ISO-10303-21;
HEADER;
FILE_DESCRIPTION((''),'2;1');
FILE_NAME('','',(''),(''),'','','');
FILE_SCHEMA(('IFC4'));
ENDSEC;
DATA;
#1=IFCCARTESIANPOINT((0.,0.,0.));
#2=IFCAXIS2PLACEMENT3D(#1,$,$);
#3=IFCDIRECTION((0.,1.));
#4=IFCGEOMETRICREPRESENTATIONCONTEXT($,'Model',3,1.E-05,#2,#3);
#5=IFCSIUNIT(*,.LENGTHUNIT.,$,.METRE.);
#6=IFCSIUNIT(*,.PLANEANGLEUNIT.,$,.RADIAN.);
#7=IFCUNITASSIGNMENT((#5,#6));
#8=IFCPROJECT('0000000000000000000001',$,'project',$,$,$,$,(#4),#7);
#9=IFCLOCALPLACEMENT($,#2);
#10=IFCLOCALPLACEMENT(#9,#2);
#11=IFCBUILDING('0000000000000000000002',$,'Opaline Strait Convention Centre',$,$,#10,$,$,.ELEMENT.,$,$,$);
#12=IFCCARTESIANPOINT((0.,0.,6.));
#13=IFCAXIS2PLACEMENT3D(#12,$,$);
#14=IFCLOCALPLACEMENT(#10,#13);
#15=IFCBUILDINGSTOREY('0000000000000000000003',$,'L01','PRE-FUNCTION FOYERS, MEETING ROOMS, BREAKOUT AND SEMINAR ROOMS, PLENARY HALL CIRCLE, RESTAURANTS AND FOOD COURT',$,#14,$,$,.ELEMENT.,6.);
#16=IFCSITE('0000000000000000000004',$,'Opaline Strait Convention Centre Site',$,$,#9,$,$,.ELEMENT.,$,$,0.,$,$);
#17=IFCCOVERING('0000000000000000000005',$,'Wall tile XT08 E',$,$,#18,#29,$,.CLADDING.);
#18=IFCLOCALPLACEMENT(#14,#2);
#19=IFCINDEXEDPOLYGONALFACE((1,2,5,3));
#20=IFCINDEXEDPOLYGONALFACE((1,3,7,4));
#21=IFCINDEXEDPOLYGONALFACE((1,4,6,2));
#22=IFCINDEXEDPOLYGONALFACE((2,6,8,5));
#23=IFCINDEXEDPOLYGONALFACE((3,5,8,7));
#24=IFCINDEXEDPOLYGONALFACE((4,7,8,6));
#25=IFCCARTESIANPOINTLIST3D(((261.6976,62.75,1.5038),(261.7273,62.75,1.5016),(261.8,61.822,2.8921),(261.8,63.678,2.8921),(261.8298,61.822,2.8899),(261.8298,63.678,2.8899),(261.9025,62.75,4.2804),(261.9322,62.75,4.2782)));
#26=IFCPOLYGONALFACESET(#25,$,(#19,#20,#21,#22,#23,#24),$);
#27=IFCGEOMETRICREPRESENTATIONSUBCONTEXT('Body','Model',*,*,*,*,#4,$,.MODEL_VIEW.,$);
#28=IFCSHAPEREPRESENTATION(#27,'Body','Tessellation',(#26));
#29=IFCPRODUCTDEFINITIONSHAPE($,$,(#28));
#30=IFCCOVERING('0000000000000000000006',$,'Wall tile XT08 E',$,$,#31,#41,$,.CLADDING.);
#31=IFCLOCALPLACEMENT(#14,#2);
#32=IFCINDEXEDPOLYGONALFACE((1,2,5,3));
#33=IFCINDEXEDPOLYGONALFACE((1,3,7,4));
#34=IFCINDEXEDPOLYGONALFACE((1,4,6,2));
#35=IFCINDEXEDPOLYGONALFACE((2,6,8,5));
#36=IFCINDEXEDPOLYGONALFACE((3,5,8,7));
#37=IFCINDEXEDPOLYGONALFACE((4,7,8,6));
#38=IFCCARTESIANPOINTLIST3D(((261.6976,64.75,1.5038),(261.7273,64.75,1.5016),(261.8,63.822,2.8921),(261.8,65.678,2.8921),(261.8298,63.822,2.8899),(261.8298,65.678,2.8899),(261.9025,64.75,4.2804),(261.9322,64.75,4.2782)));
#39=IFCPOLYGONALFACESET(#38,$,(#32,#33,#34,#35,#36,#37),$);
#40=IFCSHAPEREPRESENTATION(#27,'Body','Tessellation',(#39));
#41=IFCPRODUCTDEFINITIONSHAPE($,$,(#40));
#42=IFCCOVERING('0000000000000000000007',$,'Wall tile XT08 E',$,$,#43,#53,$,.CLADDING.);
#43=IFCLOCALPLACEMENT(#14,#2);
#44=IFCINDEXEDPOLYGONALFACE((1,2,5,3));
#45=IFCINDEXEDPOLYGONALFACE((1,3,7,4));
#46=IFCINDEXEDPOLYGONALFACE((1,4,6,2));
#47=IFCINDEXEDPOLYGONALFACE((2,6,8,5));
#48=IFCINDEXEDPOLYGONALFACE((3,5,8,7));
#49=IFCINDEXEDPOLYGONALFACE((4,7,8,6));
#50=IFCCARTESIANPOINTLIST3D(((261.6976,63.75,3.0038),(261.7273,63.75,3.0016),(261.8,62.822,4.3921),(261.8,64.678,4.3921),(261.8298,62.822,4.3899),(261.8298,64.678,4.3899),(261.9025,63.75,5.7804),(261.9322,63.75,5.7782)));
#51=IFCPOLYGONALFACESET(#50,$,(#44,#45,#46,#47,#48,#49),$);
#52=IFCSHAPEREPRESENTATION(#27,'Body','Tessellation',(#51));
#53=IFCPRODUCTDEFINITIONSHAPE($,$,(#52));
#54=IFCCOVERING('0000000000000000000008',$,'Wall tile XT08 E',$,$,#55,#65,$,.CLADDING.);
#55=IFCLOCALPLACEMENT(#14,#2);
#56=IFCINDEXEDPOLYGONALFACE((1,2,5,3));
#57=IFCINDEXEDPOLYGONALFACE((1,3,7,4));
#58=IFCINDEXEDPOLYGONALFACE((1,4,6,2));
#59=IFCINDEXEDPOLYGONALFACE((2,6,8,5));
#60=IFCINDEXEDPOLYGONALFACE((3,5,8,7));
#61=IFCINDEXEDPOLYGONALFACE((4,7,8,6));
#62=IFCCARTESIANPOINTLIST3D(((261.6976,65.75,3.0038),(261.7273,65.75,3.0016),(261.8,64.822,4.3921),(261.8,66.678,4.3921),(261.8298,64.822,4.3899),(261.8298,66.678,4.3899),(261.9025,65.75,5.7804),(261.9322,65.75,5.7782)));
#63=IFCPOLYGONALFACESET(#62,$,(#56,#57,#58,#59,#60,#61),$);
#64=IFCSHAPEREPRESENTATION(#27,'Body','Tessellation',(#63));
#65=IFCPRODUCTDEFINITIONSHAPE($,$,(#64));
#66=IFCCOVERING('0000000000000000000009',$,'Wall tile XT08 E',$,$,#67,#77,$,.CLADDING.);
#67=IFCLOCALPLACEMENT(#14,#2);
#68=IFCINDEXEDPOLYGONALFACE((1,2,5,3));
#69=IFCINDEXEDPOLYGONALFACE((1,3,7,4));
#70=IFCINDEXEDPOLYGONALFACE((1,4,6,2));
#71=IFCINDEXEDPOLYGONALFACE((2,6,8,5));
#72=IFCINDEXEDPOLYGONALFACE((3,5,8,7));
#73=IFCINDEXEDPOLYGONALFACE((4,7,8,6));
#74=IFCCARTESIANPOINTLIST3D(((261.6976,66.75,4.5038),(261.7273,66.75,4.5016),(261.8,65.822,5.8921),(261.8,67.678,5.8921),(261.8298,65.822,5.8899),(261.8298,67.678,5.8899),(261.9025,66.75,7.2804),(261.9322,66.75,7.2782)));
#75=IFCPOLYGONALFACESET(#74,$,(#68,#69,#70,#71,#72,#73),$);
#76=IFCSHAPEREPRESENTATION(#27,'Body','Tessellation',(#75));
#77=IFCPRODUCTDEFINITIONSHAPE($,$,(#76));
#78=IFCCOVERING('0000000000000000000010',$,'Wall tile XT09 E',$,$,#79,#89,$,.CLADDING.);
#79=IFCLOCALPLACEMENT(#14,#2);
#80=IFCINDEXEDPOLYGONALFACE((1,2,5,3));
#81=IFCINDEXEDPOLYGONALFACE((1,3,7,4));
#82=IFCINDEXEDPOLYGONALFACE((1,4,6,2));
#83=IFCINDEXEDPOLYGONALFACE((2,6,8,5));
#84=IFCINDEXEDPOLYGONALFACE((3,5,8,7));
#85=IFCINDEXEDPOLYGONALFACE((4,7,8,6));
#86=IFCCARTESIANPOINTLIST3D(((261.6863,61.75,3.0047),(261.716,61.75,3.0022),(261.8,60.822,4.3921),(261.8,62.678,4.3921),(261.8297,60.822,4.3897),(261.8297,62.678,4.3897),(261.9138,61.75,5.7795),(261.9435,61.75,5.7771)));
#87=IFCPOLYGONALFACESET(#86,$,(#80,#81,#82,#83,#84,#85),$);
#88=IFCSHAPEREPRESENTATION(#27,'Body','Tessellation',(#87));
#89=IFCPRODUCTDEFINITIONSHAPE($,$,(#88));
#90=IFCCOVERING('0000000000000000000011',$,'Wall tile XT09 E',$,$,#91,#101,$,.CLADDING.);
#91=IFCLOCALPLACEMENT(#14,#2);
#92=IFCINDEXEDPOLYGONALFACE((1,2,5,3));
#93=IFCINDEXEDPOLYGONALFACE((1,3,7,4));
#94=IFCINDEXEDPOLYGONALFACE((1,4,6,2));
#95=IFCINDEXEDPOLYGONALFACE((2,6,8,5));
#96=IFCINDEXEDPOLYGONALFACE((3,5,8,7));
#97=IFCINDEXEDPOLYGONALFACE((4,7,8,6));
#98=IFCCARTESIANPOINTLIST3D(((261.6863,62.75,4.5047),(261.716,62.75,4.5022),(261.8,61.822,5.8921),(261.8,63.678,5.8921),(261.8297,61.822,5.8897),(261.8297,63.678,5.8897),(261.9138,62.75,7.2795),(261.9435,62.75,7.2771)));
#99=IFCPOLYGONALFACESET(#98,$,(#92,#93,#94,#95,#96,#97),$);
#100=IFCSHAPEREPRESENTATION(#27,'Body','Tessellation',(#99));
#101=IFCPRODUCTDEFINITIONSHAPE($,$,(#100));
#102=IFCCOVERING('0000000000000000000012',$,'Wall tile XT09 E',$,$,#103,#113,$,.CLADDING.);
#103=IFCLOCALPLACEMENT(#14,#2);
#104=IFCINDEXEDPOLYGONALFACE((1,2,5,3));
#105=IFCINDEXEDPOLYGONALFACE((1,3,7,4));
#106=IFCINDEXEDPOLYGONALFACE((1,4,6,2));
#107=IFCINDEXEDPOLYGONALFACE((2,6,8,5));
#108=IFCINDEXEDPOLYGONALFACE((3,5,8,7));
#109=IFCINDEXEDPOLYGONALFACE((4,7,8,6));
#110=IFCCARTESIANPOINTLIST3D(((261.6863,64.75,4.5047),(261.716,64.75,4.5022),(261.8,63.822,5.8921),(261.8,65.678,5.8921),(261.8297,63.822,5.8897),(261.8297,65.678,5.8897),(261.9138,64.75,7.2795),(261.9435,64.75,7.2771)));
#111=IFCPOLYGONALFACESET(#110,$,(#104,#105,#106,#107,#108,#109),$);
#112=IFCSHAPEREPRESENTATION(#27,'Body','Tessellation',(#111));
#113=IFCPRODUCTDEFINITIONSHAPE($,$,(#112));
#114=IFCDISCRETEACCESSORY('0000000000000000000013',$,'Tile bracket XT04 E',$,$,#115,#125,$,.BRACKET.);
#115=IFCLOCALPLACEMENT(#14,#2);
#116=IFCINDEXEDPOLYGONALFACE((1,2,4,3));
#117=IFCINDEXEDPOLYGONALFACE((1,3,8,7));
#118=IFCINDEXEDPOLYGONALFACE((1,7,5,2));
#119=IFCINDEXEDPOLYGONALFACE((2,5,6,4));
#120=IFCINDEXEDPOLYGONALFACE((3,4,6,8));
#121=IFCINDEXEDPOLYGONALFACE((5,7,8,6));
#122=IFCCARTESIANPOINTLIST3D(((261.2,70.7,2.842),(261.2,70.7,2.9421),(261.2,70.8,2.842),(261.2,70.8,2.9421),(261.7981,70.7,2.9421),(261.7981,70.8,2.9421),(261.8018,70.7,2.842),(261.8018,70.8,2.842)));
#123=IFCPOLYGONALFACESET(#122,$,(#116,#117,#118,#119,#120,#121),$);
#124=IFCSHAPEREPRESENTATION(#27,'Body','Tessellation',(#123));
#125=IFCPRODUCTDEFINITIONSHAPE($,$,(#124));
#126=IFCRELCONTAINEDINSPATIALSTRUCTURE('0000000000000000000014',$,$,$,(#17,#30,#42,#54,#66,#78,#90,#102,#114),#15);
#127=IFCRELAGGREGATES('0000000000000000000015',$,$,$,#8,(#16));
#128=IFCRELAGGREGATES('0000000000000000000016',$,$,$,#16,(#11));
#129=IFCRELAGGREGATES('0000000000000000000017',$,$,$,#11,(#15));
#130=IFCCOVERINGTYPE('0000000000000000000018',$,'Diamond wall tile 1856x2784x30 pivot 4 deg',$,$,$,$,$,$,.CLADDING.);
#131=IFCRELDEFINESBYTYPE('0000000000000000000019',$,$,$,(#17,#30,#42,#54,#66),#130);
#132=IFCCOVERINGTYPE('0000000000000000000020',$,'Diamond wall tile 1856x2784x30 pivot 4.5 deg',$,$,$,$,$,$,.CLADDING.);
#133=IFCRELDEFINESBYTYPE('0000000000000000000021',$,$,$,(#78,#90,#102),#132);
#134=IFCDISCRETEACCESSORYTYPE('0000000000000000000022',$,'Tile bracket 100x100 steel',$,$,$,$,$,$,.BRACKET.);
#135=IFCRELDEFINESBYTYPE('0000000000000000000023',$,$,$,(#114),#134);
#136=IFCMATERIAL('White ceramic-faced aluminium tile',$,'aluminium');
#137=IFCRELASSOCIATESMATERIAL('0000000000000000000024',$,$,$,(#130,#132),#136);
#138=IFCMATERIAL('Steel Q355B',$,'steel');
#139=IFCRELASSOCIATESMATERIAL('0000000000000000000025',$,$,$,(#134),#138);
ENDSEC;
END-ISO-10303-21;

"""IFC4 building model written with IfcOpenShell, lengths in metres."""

from ifc_helpers import new_model, si_unit, direction, frame, origin, place, context, subcontext, project, spatial, polyline, outline, extrude, material, material_profile, profile_set, type_object, element, save


model = new_model("IFC4")

# Units and contexts
model_context = context("Model", 3, precision=1e-05, world=origin(), true_north=direction((0.0, 1.0)))
body_context = subcontext(model_context, "Body", "Model", "MODEL_VIEW")
ifc_project = project(units=[si_unit("LENGTHUNIT", "METRE"), si_unit("PLANEANGLEUNIT", "RADIAN")], contexts=[model_context])

# Site, building, storey
site_placement = place(None, origin())
site = spatial("IfcSite", under=ifc_project, at=site_placement, Name="Opaline Strait Convention Centre Site", CompositionType="ELEMENT", RefElevation=0.0)
building_placement = place(site_placement, origin())
building = spatial("IfcBuilding", under=site, at=building_placement, Name="Opaline Strait Convention Centre", CompositionType="ELEMENT")
storey_placement = place(building_placement, frame((0.0, 0.0, 6.0)))
storey = spatial("IfcBuildingStorey", under=building, at=storey_placement, Name="L01", Description="PRE-FUNCTION FOYERS, MEETING ROOMS, BREAKOUT AND SEMINAR ROOMS, PLENARY HALL CIRCLE, RESTAURANTS AND FOOD COURT", CompositionType="ELEMENT", Elevation=6.0)

# Coverings
ifc_material_1 = material(Name="White ceramic-faced aluminium tile", Category="aluminium")
ifc_material_profile_1 = material_profile(ifc_material_1, outline(polyline([(0.928, 0.0), (0.0, 1.3921), (-0.928, 0.0), (0.0, -1.3921), (0.928, 0.0)])), Name="Diamond tile 1856x2784")
ifc_profile_set_1 = profile_set([ifc_material_profile_1], Name="White ceramic-faced aluminium tile")
covering_type_1 = type_object("IfcCoveringType", Name="Diamond wall tile 1856x2784x30 pivot 4 deg", PredefinedType="CLADDING", material=ifc_profile_set_1)
for number, where, z_axis, x_axis, name in (
    (1, (261.8, 62.75, 2.8921), (0.99729, 0.0, -0.073571), (0.0, 1.0, 0.0), "Wall tile XT08 E"),
    (2, (261.8, 64.75, 2.8921), (0.99729, 0.0, -0.073571), (0.0, 1.0, 0.0), "Wall tile XT08 E"),
    (3, (261.8, 63.75, 4.3921), (0.99729, 0.0, -0.073571), (0.0, 1.0, 0.0), "Wall tile XT08 E"),
    (4, (261.8, 65.75, 4.3921), (0.99729, 0.0, -0.073571), (0.0, 1.0, 0.0), "Wall tile XT08 E"),
    (5, (261.8, 66.75, 5.8921), (0.99729, 0.0, -0.073571), (0.0, 1.0, 0.0), "Wall tile XT08 E"),
):
    element("IfcCovering", number, at=place(storey_placement, frame(where, z_axis=z_axis, x_axis=x_axis)), inside=storey, type_object=covering_type_1, Name=name, PredefinedType="CLADDING", context=body_context, shape_type="SweptSolid", body=[
        extrude(outline(polyline([(0.928, 0.0), (0.0, 1.3921), (-0.928, 0.0), (0.0, -1.3921), (0.928, 0.0)])), origin(), (0.0, 0.0, 1.0), 0.0298),
    ])
ifc_material_profile_2 = material_profile(ifc_material_1, outline(polyline([(0.928, 0.0), (0.0, 1.3921), (-0.928, 0.0), (0.0, -1.3921), (0.928, 0.0)])), Name="Diamond tile 1856x2784")
ifc_profile_set_2 = profile_set([ifc_material_profile_2], Name="White ceramic-faced aluminium tile")
covering_type_2 = type_object("IfcCoveringType", Name="Diamond wall tile 1856x2784x30 pivot 4.5 deg", PredefinedType="CLADDING", material=ifc_profile_set_2)
for number, where, z_axis, x_axis, name in (
    (6, (261.8, 61.75, 4.3921), (0.996658, 0.0, -0.081693), (0.0, 1.0, 0.0), "Wall tile XT09 E"),
    (7, (261.8, 62.75, 5.8921), (0.996658, 0.0, -0.081693), (0.0, 1.0, 0.0), "Wall tile XT09 E"),
    (8, (261.8, 64.75, 5.8921), (0.996658, 0.0, -0.081693), (0.0, 1.0, 0.0), "Wall tile XT09 E"),
):
    element("IfcCovering", number, at=place(storey_placement, frame(where, z_axis=z_axis, x_axis=x_axis)), inside=storey, type_object=covering_type_2, Name=name, PredefinedType="CLADDING", context=body_context, shape_type="SweptSolid", body=[
        extrude(outline(polyline([(0.928, 0.0), (0.0, 1.3921), (-0.928, 0.0), (0.0, -1.3921), (0.928, 0.0)])), origin(), (0.0, 0.0, 1.0), 0.0298),
    ])

# Discrete accessory
ifc_material_2 = material(Name="Steel Q355B", Category="steel")
discrete_accessory_type = type_object("IfcDiscreteAccessoryType", Name="Tile bracket 100x100 steel", PredefinedType="BRACKET", material=ifc_material_2)
discrete_accessory_placement = place(storey_placement, frame((261.2, 70.7, 2.8921), z_axis=(0.0, 1.0, 0.0), x_axis=(-1.0, 0.0, 0.0)))
element("IfcDiscreteAccessory", 9, at=discrete_accessory_placement, inside=storey, type_object=discrete_accessory_type, Name="Tile bracket XT04 E", PredefinedType="BRACKET", context=body_context, shape_type="SweptSolid", body=[
    extrude(outline(polyline([(0.0, -0.05), (0.0, 0.05), (-0.5981, 0.05), (-0.6018, -0.05), (0.0, -0.05)])), origin(), (0.0, 0.0, 1.0), 0.1001),
])

save(model, "model.ifc")
